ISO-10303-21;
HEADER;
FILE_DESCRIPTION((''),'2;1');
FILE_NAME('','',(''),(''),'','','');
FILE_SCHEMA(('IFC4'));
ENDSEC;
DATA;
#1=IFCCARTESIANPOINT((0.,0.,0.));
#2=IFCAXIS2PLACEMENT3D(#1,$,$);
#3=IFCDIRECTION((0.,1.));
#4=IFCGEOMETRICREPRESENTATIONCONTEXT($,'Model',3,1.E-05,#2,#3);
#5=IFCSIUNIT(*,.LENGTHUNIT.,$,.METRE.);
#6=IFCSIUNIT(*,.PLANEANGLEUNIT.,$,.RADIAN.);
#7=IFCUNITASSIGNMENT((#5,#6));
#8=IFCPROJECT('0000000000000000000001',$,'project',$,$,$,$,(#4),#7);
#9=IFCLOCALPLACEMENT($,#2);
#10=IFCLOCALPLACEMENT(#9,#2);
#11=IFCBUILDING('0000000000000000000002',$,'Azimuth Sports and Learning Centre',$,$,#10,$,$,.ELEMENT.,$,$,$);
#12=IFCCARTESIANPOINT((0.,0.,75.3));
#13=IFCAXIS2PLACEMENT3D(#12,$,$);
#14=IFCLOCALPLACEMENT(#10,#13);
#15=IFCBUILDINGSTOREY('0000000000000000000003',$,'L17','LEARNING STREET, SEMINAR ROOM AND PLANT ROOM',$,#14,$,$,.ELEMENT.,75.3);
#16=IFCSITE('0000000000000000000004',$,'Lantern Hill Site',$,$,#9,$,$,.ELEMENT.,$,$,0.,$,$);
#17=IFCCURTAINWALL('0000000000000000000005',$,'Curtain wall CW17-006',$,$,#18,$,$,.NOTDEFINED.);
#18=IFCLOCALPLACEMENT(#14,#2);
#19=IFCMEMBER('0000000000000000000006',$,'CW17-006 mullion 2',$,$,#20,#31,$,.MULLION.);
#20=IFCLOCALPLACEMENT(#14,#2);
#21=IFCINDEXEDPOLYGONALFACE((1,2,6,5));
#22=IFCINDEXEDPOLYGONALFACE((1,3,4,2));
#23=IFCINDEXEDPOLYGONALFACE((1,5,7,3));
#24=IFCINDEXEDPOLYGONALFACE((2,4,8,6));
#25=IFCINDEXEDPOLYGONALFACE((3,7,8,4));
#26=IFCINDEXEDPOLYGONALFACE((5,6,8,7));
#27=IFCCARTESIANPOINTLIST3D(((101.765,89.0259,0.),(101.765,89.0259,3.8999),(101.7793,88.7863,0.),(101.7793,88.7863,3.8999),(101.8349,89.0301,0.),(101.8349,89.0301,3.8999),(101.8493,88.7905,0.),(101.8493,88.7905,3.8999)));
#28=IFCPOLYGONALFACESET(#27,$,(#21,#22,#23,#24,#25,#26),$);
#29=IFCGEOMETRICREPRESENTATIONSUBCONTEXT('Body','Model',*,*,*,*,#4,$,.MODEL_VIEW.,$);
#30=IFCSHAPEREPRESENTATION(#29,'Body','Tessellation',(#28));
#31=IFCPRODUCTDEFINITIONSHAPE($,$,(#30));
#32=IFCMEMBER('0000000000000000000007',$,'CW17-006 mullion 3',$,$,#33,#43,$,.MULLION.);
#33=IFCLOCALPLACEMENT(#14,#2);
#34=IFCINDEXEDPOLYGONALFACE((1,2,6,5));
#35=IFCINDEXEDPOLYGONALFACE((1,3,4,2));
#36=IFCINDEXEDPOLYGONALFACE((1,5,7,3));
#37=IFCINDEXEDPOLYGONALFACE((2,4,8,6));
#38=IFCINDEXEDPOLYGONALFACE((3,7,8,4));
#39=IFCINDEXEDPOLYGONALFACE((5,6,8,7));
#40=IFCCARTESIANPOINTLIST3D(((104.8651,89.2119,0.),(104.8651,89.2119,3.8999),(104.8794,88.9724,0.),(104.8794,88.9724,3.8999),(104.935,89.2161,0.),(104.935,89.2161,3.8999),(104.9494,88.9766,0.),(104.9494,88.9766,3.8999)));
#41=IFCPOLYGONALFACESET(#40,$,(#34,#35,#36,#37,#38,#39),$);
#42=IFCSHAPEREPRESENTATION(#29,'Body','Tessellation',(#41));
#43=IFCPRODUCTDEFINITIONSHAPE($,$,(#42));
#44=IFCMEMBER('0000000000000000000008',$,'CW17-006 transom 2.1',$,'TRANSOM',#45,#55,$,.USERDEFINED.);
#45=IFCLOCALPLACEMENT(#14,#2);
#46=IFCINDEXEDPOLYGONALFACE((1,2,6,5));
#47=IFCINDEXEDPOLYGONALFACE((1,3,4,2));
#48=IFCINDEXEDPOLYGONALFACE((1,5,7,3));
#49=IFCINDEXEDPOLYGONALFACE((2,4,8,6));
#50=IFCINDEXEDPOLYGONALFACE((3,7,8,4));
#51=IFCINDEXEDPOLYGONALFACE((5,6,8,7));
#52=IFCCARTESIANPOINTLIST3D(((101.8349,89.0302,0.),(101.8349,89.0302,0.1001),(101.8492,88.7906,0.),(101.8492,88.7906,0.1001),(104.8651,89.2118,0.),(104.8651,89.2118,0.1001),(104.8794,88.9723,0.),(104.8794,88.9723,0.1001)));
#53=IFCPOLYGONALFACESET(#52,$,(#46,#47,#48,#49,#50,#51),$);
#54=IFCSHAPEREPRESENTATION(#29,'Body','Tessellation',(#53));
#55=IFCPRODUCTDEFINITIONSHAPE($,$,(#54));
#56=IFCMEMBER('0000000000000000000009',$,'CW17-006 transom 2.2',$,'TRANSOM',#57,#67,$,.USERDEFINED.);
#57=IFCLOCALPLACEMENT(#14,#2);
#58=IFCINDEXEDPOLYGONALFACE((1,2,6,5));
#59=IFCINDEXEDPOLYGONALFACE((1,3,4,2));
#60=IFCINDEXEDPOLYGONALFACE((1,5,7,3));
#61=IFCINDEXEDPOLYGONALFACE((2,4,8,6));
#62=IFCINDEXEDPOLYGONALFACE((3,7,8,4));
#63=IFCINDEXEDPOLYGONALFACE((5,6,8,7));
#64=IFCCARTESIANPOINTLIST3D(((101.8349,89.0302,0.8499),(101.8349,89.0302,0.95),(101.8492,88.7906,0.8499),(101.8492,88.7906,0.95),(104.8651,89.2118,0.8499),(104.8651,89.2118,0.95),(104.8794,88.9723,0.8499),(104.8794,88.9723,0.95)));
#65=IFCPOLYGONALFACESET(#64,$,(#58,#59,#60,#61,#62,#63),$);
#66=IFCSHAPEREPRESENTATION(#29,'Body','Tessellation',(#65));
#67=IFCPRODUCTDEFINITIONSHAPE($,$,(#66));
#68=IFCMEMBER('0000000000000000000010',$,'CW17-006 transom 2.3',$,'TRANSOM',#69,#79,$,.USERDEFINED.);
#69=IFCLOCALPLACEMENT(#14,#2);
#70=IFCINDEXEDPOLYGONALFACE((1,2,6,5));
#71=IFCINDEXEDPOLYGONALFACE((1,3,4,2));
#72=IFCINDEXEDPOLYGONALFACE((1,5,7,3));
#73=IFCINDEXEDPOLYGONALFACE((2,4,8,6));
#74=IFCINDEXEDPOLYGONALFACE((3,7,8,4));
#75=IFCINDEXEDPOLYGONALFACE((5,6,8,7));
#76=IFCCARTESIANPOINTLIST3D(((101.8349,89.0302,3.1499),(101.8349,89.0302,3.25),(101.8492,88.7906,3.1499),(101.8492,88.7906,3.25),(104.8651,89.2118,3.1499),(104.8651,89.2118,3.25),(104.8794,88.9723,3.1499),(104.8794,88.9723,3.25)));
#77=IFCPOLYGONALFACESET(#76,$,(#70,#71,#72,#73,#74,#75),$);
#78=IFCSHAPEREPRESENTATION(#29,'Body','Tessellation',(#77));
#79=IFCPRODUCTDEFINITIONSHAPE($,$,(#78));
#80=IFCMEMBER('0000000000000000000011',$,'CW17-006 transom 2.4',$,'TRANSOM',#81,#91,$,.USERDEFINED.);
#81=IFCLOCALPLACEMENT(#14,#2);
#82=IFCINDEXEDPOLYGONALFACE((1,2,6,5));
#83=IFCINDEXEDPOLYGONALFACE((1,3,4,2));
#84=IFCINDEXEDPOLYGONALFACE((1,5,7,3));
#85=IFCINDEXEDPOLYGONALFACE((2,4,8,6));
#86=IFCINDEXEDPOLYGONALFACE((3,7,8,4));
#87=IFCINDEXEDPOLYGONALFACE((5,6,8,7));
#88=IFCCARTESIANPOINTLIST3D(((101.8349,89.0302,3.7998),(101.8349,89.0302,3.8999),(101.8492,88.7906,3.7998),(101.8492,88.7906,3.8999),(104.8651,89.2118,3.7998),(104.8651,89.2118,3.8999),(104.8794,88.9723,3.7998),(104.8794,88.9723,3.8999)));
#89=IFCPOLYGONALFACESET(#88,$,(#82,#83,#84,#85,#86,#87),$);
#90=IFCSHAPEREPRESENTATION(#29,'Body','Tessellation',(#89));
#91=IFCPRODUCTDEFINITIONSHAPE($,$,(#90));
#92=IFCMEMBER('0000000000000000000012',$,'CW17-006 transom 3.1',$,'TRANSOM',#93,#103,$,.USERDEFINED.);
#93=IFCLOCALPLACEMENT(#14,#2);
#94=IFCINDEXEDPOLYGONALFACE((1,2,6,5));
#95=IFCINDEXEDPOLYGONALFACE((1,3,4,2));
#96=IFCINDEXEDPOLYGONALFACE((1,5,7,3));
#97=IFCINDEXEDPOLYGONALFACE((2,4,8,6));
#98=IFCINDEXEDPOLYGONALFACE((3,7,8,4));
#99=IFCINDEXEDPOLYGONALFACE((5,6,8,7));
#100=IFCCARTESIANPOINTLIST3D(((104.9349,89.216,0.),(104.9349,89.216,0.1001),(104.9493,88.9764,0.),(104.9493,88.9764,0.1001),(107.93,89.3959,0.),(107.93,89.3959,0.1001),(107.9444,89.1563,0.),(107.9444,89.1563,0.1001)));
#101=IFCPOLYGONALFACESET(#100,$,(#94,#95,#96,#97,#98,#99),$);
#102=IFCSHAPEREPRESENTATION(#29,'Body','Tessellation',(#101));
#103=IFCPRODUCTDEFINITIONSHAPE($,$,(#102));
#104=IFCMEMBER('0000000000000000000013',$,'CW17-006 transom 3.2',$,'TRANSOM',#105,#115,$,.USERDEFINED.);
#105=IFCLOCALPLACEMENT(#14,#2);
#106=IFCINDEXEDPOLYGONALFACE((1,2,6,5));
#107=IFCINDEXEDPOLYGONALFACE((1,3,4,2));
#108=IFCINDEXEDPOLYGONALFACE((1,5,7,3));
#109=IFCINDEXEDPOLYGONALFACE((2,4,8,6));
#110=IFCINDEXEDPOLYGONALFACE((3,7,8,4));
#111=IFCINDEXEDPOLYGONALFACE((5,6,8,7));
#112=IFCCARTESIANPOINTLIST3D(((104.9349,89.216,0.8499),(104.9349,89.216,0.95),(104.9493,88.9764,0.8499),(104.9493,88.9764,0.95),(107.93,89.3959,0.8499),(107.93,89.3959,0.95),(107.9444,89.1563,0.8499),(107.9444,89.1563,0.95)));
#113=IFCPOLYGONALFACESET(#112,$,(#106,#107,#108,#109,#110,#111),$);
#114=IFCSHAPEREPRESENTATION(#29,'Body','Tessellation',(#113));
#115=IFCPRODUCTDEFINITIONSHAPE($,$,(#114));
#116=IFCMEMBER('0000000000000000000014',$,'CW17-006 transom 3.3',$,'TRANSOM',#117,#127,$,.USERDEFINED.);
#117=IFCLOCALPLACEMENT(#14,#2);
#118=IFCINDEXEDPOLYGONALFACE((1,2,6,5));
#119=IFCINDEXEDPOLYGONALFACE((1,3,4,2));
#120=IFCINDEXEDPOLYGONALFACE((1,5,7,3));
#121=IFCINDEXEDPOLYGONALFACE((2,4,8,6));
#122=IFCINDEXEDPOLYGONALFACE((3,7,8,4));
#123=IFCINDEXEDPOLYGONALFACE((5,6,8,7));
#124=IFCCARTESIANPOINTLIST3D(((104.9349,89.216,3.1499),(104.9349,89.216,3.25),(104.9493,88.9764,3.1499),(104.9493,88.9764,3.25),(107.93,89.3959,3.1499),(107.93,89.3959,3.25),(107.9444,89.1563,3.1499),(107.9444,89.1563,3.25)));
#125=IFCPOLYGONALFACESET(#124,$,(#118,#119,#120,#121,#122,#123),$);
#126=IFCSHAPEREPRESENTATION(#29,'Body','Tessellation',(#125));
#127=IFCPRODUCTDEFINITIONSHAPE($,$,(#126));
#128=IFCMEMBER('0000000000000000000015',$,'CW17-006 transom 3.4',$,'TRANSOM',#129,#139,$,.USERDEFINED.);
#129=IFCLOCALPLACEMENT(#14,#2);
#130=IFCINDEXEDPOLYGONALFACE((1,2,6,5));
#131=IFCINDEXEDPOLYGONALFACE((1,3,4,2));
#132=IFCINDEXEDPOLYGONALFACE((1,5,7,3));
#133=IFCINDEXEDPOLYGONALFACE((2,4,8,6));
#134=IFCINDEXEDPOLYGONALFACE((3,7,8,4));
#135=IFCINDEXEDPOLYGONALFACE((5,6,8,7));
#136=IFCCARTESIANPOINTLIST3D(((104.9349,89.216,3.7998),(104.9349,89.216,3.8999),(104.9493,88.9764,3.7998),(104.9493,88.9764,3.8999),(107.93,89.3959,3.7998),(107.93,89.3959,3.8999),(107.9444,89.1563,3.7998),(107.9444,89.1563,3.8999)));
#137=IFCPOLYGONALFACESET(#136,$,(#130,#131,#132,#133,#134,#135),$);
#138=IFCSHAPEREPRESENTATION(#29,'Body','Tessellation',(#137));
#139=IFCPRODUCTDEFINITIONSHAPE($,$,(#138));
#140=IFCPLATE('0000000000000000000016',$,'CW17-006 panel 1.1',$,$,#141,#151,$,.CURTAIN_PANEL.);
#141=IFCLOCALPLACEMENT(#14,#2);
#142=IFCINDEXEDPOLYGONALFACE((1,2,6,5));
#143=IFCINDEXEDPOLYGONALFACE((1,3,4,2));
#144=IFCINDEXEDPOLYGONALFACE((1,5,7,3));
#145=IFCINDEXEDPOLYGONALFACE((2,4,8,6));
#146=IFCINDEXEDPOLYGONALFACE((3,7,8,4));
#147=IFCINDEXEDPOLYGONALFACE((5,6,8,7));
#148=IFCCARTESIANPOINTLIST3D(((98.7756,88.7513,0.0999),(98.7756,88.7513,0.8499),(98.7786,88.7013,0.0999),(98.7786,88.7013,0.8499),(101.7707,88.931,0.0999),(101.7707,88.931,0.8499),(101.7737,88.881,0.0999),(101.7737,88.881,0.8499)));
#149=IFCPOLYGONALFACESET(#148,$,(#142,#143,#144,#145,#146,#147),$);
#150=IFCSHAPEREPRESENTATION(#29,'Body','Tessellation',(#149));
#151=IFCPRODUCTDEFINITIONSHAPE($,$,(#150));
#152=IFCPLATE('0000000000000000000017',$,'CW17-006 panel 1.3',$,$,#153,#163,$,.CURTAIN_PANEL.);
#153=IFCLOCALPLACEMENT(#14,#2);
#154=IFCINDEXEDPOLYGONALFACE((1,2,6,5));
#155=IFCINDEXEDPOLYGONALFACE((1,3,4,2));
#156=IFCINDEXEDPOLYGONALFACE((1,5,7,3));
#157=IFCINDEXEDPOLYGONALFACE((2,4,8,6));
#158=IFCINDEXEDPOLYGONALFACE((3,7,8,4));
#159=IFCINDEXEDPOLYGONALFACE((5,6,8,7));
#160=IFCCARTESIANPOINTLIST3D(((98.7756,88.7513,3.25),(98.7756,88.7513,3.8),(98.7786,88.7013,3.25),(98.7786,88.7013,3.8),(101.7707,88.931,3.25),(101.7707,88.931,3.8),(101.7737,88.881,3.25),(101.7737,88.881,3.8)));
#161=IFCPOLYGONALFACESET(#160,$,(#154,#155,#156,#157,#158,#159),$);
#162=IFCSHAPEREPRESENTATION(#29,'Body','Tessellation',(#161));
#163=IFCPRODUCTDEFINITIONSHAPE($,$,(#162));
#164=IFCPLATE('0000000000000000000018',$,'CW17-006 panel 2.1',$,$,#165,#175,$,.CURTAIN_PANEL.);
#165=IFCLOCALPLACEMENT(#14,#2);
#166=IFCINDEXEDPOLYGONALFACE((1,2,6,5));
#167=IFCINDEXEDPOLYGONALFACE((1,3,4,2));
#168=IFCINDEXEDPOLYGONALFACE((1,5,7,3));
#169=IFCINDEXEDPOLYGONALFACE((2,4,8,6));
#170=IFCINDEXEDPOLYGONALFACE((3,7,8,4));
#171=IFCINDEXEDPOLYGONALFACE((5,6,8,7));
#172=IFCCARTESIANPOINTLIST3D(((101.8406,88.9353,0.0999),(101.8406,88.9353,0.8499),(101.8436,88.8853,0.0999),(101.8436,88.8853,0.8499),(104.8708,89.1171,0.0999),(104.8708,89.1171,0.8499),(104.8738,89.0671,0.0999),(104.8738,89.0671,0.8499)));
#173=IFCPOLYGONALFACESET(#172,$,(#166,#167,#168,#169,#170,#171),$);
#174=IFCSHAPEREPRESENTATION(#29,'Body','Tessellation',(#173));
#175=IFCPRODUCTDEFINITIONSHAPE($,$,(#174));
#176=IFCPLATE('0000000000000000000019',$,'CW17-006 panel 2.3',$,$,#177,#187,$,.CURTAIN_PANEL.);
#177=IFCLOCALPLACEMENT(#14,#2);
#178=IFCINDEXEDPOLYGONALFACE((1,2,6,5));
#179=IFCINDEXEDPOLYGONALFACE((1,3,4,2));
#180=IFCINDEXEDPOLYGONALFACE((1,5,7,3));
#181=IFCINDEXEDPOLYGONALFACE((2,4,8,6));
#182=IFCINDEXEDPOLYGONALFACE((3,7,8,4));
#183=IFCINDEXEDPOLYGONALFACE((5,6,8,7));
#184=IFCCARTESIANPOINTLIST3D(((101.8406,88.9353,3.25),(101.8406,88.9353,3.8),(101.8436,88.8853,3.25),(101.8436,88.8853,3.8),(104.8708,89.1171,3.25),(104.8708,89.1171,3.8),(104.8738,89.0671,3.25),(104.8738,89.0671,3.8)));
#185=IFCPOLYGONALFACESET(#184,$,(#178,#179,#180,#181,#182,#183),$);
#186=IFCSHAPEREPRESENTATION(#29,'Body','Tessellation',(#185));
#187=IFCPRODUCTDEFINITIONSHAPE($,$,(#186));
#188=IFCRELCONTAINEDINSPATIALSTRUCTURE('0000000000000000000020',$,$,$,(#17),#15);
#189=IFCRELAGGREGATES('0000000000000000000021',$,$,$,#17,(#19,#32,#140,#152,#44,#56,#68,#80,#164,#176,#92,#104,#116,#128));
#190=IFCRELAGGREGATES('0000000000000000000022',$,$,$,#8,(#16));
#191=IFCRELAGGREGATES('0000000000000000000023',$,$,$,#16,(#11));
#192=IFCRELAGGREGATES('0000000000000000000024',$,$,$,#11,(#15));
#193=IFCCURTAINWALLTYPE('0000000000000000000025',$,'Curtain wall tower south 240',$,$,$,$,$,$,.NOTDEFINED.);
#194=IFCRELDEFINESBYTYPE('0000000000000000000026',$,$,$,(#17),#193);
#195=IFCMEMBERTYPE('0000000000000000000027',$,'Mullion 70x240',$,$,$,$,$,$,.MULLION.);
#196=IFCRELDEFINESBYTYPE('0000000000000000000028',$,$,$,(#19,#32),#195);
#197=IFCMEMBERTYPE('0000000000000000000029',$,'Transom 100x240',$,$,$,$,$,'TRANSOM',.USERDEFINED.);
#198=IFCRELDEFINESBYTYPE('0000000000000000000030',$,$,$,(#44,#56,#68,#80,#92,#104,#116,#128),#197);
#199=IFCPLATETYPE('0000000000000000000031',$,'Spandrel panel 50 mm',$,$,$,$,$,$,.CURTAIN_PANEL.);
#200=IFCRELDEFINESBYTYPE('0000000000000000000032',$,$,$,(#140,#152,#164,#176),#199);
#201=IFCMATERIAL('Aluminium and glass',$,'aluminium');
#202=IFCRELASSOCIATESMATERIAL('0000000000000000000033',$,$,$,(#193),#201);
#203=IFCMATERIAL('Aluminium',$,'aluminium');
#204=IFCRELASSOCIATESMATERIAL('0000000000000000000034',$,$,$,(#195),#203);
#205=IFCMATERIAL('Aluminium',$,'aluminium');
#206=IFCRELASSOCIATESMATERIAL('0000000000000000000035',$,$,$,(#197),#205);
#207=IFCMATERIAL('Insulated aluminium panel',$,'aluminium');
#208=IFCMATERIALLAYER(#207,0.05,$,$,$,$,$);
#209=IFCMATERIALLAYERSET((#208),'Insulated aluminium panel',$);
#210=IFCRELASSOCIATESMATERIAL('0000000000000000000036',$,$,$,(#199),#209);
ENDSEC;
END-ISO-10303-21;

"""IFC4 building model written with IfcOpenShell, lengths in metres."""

from ifc_helpers import new_model, si_unit, direction, frame, origin, origin_2d, place, context, subcontext, project, spatial, rectangle, extrude, material, layer, layer_set, material_profile, profile_set, type_object, element, aggregate, save


model = new_model("IFC4")

# Units and contexts
model_context = context("Model", 3, precision=1e-05, world=origin(), true_north=direction((0.0, 1.0)))
body_context = subcontext(model_context, "Body", "Model", "MODEL_VIEW")
ifc_project = project(units=[si_unit("LENGTHUNIT", "METRE"), si_unit("PLANEANGLEUNIT", "RADIAN")], contexts=[model_context])

# Site, building, storey
site_placement = place(None, origin())
site = spatial("IfcSite", under=ifc_project, at=site_placement, Name="Lantern Hill Site", CompositionType="ELEMENT", RefElevation=0.0)
building_placement = place(site_placement, origin())
building = spatial("IfcBuilding", under=site, at=building_placement, Name="Azimuth Sports and Learning Centre", CompositionType="ELEMENT")
storey_placement = place(building_placement, frame((0.0, 0.0, 75.3)))
storey = spatial("IfcBuildingStorey", under=building, at=storey_placement, Name="L17", Description="LEARNING STREET, SEMINAR ROOM AND PLANT ROOM", CompositionType="ELEMENT", Elevation=75.3)

# Curtain wall, members, plates
ifc_material_1 = material(Name="Aluminium and glass", Category="aluminium")
curtain_wall_type = type_object("IfcCurtainWallType", Name="Curtain wall tower south 240", PredefinedType="NOTDEFINED", material=ifc_material_1)
curtain_wall_placement = place(storey_placement, origin())
curtain_wall = element("IfcCurtainWall", 1, at=curtain_wall_placement, inside=storey, type_object=curtain_wall_type, Name="Curtain wall CW17-006", PredefinedType="NOTDEFINED")
ifc_material_2 = material(Name="Aluminium", Category="aluminium")
ifc_material_profile_1 = material_profile(ifc_material_2, rectangle(XDim=0.24, YDim=0.0701, at=origin_2d()), Name="Mullion 70x240")
ifc_profile_set_1 = profile_set([ifc_material_profile_1], Name="Aluminium")
member_type_1 = type_object("IfcMemberType", Name="Mullion 70x240", PredefinedType="MULLION", material=ifc_profile_set_1)
member_1_placement = place(storey_placement, frame((101.8071, 88.9082, 0.0), z_axis=(0.0, 0.0, 1.0), x_axis=(-0.059892, 0.998205, 0.0)))
member_1 = element("IfcMember", 2, at=member_1_placement, type_object=member_type_1, Name="CW17-006 mullion 2", PredefinedType="MULLION", context=body_context, shape_type="SweptSolid", body=[
    extrude(rectangle(XDim=0.24, YDim=0.0701, at=origin_2d()), origin(), (0.0, 0.0, 1.0), 3.8999),
])
member_2_placement = place(storey_placement, frame((104.9072, 89.0942, 0.0), z_axis=(0.0, 0.0, 1.0), x_axis=(-0.059892, 0.998205, 0.0)))
member_2 = element("IfcMember", 3, at=member_2_placement, type_object=member_type_1, Name="CW17-006 mullion 3", PredefinedType="MULLION", context=body_context, shape_type="SweptSolid", body=[
    extrude(rectangle(XDim=0.24, YDim=0.0701, at=origin_2d()), origin(), (0.0, 0.0, 1.0), 3.8999),
])
ifc_material_3 = material(Name="Aluminium", Category="aluminium")
ifc_material_profile_2 = material_profile(ifc_material_3, rectangle(XDim=0.24, YDim=0.1001, at=origin_2d()), Name="Transom 100x240")
ifc_profile_set_2 = profile_set([ifc_material_profile_2], Name="Aluminium")
member_type_2 = type_object("IfcMemberType", Name="Transom 100x240", ElementType="TRANSOM", PredefinedType="USERDEFINED", material=ifc_profile_set_2)
member_3_placement = place(storey_placement, frame((101.842, 88.9104, 0.05), z_axis=(0.998208, 0.059835, 0.0), x_axis=(-0.059835, 0.998208, 0.0)))
member_3 = element("IfcMember", 4, at=member_3_placement, type_object=member_type_2, Name="CW17-006 transom 2.1", ObjectType="TRANSOM", PredefinedType="USERDEFINED", context=body_context, shape_type="SweptSolid", body=[
    extrude(rectangle(XDim=0.24, YDim=0.1001, at=origin_2d()), origin(), (0.0, 0.0, 1.0), 3.0356),
])
member_4_placement = place(storey_placement, frame((101.842, 88.9104, 0.8999), z_axis=(0.998208, 0.059835, 0.0), x_axis=(-0.059835, 0.998208, 0.0)))
member_4 = element("IfcMember", 5, at=member_4_placement, type_object=member_type_2, Name="CW17-006 transom 2.2", ObjectType="TRANSOM", PredefinedType="USERDEFINED", context=body_context, shape_type="SweptSolid", body=[
    extrude(rectangle(XDim=0.24, YDim=0.1001, at=origin_2d()), origin(), (0.0, 0.0, 1.0), 3.0356),
])
member_5_placement = place(storey_placement, frame((101.842, 88.9104, 3.2), z_axis=(0.998208, 0.059835, 0.0), x_axis=(-0.059835, 0.998208, 0.0)))
member_5 = element("IfcMember", 6, at=member_5_placement, type_object=member_type_2, Name="CW17-006 transom 2.3", ObjectType="TRANSOM", PredefinedType="USERDEFINED", context=body_context, shape_type="SweptSolid", body=[
    extrude(rectangle(XDim=0.24, YDim=0.1001, at=origin_2d()), origin(), (0.0, 0.0, 1.0), 3.0356),
])
member_6_placement = place(storey_placement, frame((101.842, 88.9104, 3.8499), z_axis=(0.998208, 0.059835, 0.0), x_axis=(-0.059835, 0.998208, 0.0)))
member_6 = element("IfcMember", 7, at=member_6_placement, type_object=member_type_2, Name="CW17-006 transom 2.4", ObjectType="TRANSOM", PredefinedType="USERDEFINED", context=body_context, shape_type="SweptSolid", body=[
    extrude(rectangle(XDim=0.24, YDim=0.1001, at=origin_2d()), origin(), (0.0, 0.0, 1.0), 3.0356),
])
member_7_placement = place(storey_placement, frame((104.9421, 89.0962, 0.05), z_axis=(0.9982, 0.059967, 0.0), x_axis=(-0.059967, 0.9982, 0.0)))
member_7 = element("IfcMember", 8, at=member_7_placement, type_object=member_type_2, Name="CW17-006 transom 3.1", ObjectType="TRANSOM", PredefinedType="USERDEFINED", context=body_context, shape_type="SweptSolid", body=[
    extrude(rectangle(XDim=0.24, YDim=0.1001, at=origin_2d()), origin(), (0.0, 0.0, 1.0), 3.0005),
])
member_8_placement = place(storey_placement, frame((104.9421, 89.0962, 0.8999), z_axis=(0.9982, 0.059967, 0.0), x_axis=(-0.059967, 0.9982, 0.0)))
member_8 = element("IfcMember", 9, at=member_8_placement, type_object=member_type_2, Name="CW17-006 transom 3.2", ObjectType="TRANSOM", PredefinedType="USERDEFINED", context=body_context, shape_type="SweptSolid", body=[
    extrude(rectangle(XDim=0.24, YDim=0.1001, at=origin_2d()), origin(), (0.0, 0.0, 1.0), 3.0005),
])
member_9_placement = place(storey_placement, frame((104.9421, 89.0962, 3.2), z_axis=(0.9982, 0.059967, 0.0), x_axis=(-0.059967, 0.9982, 0.0)))
member_9 = element("IfcMember", 10, at=member_9_placement, type_object=member_type_2, Name="CW17-006 transom 3.3", ObjectType="TRANSOM", PredefinedType="USERDEFINED", context=body_context, shape_type="SweptSolid", body=[
    extrude(rectangle(XDim=0.24, YDim=0.1001, at=origin_2d()), origin(), (0.0, 0.0, 1.0), 3.0005),
])
member_10_placement = place(storey_placement, frame((104.9421, 89.0962, 3.8499), z_axis=(0.9982, 0.059967, 0.0), x_axis=(-0.059967, 0.9982, 0.0)))
member_10 = element("IfcMember", 11, at=member_10_placement, type_object=member_type_2, Name="CW17-006 transom 3.4", ObjectType="TRANSOM", PredefinedType="USERDEFINED", context=body_context, shape_type="SweptSolid", body=[
    extrude(rectangle(XDim=0.24, YDim=0.1001, at=origin_2d()), origin(), (0.0, 0.0, 1.0), 3.0005),
])
ifc_material_4 = material(Name="Insulated aluminium panel", Category="aluminium")
ifc_layer_1 = layer(ifc_material_4, 0.05)
ifc_layer_set_1 = layer_set([ifc_layer_1], Name="Insulated aluminium panel")
plate_type_1 = type_object("IfcPlateType", Name="Spandrel panel 50 mm", PredefinedType="CURTAIN_PANEL", material=ifc_layer_set_1)
plate_1_placement = place(storey_placement, frame((100.2747, 88.8162, 0.0999), z_axis=(0.0, 0.0, 1.0), x_axis=(0.998205, 0.059892, 0.0)))
plate_1 = element("IfcPlate", 12, at=plate_1_placement, type_object=plate_type_1, Name="CW17-006 panel 1.1", PredefinedType="CURTAIN_PANEL", context=body_context, shape_type="SweptSolid", body=[
    extrude(rectangle(XDim=3.0005, YDim=0.05, at=origin_2d()), origin(), (0.0, 0.0, 1.0), 0.75),
])
plate_2_placement = place(storey_placement, frame((100.2747, 88.8162, 3.25), z_axis=(0.0, 0.0, 1.0), x_axis=(0.998205, 0.059892, 0.0)))
plate_2 = element("IfcPlate", 13, at=plate_2_placement, type_object=plate_type_1, Name="CW17-006 panel 1.3", PredefinedType="CURTAIN_PANEL", context=body_context, shape_type="SweptSolid", body=[
    extrude(rectangle(XDim=3.0005, YDim=0.05, at=origin_2d()), origin(), (0.0, 0.0, 1.0), 0.55),
])
plate_3_placement = place(storey_placement, frame((103.3572, 89.0012, 0.0999), z_axis=(0.0, 0.0, 1.0), x_axis=(0.998205, 0.059892, 0.0)))
plate_3 = element("IfcPlate", 14, at=plate_3_placement, type_object=plate_type_1, Name="CW17-006 panel 2.1", PredefinedType="CURTAIN_PANEL", context=body_context, shape_type="SweptSolid", body=[
    extrude(rectangle(XDim=3.0356, YDim=0.05, at=origin_2d()), origin(), (0.0, 0.0, 1.0), 0.75),
])
plate_4_placement = place(storey_placement, frame((103.3572, 89.0012, 3.25), z_axis=(0.0, 0.0, 1.0), x_axis=(0.998205, 0.059892, 0.0)))
plate_4 = element("IfcPlate", 15, at=plate_4_placement, type_object=plate_type_1, Name="CW17-006 panel 2.3", PredefinedType="CURTAIN_PANEL", context=body_context, shape_type="SweptSolid", body=[
    extrude(rectangle(XDim=3.0356, YDim=0.05, at=origin_2d()), origin(), (0.0, 0.0, 1.0), 0.55),
])
aggregate(curtain_wall, [member_1, member_2, plate_1, plate_2, member_3, member_4, member_5, member_6, plate_3, plate_4, member_7, member_8, member_9, member_10])

save(model, "model.ifc")
